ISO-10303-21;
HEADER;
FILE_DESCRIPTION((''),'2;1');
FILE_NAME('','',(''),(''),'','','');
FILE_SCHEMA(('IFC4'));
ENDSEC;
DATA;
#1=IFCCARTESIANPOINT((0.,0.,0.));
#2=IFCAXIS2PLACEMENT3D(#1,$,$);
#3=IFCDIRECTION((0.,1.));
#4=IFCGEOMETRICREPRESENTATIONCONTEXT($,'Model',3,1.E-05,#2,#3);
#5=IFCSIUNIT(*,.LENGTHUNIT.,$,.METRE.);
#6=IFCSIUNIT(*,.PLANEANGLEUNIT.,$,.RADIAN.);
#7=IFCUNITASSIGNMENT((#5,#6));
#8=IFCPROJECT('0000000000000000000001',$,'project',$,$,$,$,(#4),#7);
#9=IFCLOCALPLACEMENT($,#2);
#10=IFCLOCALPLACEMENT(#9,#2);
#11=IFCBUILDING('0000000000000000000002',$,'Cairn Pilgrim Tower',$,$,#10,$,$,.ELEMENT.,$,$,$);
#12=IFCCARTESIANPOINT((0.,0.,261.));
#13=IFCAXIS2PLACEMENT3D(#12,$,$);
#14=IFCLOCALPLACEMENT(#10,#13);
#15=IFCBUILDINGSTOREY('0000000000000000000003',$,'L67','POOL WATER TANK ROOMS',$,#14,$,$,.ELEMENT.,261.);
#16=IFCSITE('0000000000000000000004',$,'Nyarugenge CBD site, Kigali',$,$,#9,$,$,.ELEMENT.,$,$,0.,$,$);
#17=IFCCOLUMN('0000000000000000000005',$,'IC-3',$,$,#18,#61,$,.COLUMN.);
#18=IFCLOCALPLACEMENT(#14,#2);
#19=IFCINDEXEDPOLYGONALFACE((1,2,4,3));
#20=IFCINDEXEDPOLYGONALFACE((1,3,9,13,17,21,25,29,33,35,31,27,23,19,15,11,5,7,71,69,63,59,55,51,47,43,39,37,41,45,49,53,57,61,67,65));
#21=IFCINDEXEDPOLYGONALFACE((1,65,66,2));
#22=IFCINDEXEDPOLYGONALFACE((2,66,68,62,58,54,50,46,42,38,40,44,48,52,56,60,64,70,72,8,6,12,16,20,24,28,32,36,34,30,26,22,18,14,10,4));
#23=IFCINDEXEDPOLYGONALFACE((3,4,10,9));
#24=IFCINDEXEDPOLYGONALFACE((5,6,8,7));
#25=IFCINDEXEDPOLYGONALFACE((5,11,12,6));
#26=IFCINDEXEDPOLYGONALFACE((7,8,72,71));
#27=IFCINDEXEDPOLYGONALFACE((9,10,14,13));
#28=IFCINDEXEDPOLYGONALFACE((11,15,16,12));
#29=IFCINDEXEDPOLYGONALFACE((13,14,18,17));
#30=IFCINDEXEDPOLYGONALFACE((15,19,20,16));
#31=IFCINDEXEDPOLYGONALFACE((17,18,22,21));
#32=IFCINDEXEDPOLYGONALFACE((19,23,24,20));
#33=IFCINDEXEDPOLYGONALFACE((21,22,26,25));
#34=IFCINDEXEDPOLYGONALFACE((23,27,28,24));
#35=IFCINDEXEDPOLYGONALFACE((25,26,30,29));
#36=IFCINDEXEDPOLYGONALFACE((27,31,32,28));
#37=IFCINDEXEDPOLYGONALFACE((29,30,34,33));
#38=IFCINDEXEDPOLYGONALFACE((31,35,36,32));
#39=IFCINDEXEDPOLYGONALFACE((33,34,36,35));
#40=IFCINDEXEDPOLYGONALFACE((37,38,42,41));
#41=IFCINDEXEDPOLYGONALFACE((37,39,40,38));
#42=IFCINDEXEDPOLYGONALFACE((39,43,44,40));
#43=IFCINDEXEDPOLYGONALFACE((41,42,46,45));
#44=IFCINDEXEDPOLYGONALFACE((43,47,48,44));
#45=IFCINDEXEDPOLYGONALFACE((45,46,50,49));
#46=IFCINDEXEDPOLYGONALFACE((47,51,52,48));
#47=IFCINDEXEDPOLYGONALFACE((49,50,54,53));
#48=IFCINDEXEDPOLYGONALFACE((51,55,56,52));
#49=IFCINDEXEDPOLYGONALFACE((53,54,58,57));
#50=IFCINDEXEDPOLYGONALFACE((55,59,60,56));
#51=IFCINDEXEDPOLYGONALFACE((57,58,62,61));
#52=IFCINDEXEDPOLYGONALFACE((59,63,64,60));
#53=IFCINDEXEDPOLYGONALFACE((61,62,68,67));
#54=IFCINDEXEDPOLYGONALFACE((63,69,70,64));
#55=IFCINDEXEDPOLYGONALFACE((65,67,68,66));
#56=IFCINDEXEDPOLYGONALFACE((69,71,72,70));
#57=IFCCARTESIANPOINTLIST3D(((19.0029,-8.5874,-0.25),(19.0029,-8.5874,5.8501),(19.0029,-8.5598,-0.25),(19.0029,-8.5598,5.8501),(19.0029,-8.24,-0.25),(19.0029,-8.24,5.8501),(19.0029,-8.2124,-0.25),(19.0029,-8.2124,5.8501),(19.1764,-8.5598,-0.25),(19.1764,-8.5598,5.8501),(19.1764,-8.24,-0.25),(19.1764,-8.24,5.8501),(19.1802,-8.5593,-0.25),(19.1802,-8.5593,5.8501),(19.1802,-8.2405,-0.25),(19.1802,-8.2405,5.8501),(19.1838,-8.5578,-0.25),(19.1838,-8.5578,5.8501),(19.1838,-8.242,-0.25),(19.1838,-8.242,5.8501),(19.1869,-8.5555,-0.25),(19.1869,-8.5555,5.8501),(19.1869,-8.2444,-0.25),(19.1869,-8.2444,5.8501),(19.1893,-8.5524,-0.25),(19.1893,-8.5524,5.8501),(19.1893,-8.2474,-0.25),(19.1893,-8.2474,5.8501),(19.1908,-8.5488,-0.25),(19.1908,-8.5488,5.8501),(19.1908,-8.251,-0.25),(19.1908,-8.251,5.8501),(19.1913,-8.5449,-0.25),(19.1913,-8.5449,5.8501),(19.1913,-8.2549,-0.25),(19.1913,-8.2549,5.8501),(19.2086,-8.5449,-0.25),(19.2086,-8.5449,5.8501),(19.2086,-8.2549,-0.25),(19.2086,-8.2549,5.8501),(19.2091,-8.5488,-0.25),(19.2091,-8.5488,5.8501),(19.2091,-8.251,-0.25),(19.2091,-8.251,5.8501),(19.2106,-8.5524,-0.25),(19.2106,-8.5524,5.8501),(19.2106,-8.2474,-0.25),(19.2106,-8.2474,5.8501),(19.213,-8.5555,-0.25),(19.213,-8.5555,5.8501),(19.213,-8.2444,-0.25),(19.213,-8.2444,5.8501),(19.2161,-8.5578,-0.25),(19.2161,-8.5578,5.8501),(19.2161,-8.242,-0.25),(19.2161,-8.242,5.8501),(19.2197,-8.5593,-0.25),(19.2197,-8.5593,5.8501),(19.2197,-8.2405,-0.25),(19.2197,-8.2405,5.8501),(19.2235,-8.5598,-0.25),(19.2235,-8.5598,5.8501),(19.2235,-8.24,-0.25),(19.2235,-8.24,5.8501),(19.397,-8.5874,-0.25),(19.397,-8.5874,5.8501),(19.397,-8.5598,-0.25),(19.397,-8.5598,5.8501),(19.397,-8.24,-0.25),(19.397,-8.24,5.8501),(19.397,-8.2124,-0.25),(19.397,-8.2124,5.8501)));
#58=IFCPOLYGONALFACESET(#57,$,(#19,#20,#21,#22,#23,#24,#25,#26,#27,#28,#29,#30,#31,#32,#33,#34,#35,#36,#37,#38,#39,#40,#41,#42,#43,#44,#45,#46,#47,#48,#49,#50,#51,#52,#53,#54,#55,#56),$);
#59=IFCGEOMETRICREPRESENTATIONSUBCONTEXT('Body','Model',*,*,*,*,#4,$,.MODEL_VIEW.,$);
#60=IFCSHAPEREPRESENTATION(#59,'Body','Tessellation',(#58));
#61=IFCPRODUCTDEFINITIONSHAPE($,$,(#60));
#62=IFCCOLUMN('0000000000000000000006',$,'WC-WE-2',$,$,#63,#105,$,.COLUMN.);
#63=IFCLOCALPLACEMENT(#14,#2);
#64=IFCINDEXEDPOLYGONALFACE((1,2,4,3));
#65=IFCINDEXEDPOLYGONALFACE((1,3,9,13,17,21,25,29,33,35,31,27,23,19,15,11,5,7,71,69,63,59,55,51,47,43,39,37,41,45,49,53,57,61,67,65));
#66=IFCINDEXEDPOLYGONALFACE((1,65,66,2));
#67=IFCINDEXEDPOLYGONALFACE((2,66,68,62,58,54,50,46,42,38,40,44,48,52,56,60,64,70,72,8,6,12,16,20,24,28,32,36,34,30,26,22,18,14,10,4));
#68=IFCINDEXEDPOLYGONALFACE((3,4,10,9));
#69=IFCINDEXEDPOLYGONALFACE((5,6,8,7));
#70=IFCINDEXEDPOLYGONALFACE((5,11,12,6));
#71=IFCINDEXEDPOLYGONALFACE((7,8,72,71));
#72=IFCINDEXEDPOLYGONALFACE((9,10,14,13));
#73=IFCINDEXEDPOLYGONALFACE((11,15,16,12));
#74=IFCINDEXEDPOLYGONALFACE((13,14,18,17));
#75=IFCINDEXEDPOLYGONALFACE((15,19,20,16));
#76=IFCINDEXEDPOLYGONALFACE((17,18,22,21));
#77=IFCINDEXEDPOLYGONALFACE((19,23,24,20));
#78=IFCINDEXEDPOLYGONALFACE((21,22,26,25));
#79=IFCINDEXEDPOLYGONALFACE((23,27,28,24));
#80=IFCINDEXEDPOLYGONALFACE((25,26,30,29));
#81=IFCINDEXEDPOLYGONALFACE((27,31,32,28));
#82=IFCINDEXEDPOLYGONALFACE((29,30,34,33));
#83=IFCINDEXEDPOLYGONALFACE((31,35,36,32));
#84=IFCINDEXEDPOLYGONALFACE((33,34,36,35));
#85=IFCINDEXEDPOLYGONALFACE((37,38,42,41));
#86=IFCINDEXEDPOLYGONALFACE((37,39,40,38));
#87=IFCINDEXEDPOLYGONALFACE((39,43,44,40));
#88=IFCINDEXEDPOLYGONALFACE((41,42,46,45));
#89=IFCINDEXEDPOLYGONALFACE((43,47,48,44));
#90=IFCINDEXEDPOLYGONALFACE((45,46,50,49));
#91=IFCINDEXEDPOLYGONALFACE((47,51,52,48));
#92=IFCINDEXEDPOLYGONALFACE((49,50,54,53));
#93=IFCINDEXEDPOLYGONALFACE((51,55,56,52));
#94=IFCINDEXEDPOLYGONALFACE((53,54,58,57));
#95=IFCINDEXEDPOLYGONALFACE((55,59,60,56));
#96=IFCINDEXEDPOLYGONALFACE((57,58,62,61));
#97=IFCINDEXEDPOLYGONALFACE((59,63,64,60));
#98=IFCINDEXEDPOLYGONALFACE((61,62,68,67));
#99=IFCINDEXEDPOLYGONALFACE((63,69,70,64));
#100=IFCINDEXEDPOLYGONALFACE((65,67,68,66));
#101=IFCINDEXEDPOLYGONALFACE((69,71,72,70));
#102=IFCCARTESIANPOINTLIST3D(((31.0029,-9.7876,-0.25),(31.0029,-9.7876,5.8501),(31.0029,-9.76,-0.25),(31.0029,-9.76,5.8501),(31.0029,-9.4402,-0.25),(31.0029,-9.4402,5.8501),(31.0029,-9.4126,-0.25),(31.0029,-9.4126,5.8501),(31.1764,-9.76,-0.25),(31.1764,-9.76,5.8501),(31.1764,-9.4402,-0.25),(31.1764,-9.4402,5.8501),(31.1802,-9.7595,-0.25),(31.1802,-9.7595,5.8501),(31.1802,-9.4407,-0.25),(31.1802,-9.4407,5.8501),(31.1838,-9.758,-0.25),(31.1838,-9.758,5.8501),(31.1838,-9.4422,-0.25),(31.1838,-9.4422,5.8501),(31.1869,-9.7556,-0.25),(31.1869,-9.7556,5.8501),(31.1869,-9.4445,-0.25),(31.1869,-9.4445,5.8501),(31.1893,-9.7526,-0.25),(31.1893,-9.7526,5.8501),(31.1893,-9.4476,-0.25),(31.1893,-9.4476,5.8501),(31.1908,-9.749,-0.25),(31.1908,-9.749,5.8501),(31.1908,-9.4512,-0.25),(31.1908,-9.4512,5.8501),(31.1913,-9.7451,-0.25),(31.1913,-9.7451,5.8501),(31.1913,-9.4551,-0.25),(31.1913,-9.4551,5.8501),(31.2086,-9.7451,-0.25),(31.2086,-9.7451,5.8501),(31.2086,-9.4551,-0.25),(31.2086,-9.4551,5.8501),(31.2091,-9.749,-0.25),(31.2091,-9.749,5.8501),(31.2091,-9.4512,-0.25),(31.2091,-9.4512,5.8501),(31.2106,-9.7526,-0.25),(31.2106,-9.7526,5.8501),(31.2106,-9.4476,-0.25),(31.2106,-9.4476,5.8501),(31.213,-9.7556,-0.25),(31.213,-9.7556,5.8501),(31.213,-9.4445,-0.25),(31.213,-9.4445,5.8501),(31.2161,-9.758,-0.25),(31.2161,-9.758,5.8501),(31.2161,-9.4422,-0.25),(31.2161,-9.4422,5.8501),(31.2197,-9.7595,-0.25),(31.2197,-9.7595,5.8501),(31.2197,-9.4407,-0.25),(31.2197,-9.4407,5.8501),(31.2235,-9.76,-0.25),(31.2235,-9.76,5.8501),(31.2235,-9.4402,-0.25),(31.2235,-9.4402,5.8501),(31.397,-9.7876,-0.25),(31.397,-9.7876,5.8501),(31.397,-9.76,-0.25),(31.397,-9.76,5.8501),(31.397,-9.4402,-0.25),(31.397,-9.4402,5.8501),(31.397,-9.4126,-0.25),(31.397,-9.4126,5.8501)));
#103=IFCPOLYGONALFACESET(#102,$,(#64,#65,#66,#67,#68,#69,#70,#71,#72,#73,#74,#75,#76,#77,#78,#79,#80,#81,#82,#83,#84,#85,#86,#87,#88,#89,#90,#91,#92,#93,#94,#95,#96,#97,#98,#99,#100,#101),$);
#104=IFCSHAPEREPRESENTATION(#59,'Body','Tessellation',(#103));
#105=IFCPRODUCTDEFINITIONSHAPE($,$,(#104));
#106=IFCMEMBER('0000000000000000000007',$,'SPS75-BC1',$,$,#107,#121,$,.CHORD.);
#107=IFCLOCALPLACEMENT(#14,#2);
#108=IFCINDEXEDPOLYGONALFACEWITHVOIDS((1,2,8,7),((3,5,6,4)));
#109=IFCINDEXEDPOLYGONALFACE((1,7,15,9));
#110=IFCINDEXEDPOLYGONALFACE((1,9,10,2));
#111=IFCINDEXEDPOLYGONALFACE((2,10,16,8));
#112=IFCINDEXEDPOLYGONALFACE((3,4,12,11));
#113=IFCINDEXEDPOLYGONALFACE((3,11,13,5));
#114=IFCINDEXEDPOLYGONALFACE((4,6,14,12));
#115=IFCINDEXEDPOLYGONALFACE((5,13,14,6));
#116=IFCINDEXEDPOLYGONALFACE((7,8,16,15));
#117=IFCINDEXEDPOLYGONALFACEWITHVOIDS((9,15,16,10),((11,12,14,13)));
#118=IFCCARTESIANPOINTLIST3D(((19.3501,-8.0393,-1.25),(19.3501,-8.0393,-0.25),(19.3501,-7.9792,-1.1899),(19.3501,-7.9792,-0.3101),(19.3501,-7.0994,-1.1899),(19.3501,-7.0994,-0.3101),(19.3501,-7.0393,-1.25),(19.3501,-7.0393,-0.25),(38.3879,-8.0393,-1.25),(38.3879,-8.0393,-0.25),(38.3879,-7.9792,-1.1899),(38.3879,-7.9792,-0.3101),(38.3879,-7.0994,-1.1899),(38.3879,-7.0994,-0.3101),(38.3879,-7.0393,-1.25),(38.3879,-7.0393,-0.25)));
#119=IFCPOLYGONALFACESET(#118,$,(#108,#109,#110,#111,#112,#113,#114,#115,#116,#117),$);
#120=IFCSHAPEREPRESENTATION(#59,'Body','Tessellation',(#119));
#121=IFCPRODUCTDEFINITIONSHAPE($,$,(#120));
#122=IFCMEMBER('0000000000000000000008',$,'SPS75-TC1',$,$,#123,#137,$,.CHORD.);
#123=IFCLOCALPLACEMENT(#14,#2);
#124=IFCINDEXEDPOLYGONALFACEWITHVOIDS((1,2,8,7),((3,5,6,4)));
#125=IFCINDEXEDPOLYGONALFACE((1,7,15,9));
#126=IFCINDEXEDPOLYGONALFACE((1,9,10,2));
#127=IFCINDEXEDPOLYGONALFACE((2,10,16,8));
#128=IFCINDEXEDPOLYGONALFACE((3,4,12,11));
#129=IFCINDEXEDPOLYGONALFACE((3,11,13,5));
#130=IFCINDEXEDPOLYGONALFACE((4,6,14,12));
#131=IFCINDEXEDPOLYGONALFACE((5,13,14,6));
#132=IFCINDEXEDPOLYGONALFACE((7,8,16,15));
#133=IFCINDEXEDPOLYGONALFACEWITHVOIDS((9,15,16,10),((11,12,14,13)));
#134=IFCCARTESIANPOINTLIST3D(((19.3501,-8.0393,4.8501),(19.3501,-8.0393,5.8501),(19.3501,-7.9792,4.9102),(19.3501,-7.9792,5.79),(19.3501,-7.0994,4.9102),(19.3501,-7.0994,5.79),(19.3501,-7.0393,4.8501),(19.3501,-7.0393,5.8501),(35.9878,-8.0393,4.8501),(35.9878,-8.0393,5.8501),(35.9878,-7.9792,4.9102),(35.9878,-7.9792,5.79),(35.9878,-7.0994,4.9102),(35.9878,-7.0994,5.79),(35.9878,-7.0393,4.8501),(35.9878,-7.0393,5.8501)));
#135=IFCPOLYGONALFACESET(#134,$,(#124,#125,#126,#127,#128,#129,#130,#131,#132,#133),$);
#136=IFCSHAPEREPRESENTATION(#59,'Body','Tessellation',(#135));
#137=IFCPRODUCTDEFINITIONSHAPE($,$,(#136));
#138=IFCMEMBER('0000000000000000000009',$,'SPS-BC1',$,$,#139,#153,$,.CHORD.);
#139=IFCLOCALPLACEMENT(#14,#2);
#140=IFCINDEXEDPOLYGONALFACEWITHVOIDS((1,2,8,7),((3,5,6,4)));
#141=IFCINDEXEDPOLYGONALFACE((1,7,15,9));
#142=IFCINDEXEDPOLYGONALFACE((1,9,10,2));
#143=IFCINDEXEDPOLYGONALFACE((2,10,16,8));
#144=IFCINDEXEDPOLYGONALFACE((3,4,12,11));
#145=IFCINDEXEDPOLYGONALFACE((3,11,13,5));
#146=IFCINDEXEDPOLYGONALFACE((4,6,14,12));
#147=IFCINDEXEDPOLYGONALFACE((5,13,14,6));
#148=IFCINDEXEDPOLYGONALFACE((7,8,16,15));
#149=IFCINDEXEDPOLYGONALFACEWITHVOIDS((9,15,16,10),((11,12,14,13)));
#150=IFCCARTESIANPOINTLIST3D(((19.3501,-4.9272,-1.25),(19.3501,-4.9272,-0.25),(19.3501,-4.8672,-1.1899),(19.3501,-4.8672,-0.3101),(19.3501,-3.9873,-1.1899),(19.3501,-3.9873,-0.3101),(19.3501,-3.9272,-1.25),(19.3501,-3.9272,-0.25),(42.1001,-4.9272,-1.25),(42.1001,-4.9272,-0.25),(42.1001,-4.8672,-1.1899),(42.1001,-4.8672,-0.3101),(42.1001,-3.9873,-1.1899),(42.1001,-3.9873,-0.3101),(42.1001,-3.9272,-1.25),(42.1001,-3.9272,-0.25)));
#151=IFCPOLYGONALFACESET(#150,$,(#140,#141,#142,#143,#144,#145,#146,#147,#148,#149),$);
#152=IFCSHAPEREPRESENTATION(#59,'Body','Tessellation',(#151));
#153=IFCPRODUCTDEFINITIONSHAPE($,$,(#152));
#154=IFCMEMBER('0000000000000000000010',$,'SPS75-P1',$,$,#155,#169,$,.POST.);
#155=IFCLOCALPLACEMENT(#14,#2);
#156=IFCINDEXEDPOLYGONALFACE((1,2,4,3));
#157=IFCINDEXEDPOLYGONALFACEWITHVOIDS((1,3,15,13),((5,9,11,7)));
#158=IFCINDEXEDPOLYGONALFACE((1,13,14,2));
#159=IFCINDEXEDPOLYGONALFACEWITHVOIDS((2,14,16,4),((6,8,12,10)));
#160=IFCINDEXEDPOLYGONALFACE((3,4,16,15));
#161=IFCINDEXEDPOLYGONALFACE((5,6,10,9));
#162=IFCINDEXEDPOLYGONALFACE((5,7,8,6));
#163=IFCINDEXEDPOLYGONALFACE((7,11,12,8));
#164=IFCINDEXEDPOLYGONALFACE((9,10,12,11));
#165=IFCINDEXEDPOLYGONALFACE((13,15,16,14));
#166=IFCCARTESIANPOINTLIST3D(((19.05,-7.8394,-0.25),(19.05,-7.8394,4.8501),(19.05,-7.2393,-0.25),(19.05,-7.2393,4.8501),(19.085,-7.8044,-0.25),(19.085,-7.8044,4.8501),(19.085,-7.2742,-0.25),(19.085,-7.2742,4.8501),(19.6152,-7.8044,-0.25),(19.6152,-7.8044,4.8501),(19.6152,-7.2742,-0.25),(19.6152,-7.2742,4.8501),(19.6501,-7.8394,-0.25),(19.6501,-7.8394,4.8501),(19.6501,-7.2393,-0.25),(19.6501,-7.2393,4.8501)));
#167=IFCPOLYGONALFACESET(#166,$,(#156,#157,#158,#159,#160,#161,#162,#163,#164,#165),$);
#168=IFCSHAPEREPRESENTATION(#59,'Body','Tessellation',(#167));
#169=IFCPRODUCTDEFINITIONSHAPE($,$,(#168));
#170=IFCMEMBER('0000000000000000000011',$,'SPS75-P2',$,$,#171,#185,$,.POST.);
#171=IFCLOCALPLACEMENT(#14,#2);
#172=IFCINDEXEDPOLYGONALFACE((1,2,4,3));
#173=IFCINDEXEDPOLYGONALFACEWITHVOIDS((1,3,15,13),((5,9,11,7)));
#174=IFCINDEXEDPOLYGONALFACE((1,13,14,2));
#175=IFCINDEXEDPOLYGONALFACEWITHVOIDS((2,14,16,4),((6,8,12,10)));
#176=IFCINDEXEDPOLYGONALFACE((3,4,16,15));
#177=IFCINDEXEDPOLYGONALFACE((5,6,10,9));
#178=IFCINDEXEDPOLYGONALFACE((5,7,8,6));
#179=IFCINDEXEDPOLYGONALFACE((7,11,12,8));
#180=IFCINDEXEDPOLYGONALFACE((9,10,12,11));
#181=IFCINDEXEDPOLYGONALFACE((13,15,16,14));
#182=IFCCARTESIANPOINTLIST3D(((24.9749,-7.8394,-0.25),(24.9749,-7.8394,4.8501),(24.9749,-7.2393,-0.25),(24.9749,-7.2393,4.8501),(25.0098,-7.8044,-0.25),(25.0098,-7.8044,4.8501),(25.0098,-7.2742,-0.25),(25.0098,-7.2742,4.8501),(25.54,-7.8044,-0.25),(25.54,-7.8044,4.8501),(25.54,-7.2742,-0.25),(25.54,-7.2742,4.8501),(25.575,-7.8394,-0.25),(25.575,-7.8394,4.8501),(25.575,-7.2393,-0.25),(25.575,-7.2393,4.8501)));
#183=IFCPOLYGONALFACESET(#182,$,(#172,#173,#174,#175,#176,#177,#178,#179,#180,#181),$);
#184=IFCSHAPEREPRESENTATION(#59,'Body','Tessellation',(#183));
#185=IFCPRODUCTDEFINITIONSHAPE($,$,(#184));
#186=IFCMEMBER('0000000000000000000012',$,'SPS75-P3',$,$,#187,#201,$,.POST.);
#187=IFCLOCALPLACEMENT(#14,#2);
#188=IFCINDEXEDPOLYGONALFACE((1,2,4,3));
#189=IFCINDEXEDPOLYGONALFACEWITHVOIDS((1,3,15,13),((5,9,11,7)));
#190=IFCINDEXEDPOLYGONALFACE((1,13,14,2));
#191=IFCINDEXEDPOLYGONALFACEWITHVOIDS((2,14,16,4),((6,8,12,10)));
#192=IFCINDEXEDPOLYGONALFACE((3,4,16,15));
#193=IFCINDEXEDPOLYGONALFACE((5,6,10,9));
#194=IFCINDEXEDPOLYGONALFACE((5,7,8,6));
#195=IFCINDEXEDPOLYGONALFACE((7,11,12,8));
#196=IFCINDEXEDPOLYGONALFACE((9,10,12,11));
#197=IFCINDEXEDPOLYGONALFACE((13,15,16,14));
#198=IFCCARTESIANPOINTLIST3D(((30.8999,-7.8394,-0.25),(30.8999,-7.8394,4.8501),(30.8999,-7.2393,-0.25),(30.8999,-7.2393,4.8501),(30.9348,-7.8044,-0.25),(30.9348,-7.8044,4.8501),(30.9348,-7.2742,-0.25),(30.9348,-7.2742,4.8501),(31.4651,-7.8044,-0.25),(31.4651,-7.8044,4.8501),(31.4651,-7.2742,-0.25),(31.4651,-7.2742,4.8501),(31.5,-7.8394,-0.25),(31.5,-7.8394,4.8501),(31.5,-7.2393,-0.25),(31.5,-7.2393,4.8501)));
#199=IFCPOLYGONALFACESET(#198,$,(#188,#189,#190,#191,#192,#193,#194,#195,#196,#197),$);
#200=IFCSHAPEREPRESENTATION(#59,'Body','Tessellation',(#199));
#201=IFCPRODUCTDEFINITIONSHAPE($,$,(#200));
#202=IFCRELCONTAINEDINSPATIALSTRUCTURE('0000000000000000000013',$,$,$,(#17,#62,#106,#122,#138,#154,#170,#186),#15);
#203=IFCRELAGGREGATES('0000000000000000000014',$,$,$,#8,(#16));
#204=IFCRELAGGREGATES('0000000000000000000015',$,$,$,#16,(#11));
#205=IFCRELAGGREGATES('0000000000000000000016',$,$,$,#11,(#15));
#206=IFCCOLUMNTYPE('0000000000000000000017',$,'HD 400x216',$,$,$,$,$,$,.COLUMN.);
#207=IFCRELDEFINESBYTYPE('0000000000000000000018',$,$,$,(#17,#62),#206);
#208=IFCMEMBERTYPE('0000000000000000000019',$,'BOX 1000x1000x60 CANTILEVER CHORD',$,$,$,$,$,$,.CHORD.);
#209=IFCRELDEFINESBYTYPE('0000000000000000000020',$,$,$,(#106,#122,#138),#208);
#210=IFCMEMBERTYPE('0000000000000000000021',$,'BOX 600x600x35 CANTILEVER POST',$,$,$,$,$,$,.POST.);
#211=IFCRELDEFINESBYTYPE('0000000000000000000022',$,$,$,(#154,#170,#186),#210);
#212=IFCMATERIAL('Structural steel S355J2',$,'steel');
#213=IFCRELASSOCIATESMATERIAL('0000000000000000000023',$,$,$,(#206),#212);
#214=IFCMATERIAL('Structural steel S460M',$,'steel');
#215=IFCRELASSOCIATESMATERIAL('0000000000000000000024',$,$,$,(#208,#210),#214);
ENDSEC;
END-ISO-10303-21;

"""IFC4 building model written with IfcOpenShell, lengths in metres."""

from ifc_helpers import new_model, si_unit, direction, frame, origin, origin_2d, place, context, subcontext, project, spatial, hollow_rectangle, i_section, extrude, material, material_profile, profile_set, type_object, element, save


model = new_model("IFC4")

# Units and contexts
model_context = context("Model", 3, precision=1e-05, world=origin(), true_north=direction((0.0, 1.0)))
body_context = subcontext(model_context, "Body", "Model", "MODEL_VIEW")
ifc_project = project(units=[si_unit("LENGTHUNIT", "METRE"), si_unit("PLANEANGLEUNIT", "RADIAN")], contexts=[model_context])

# Site, building, storey
site_placement = place(None, origin())
site = spatial("IfcSite", under=ifc_project, at=site_placement, Name="Nyarugenge CBD site, Kigali", CompositionType="ELEMENT", RefElevation=0.0)
building_placement = place(site_placement, origin())
building = spatial("IfcBuilding", under=site, at=building_placement, Name="Cairn Pilgrim Tower", CompositionType="ELEMENT")
storey_placement = place(building_placement, frame((0.0, 0.0, 261.0)))
storey = spatial("IfcBuildingStorey", under=building, at=storey_placement, Name="L67", Description="POOL WATER TANK ROOMS", CompositionType="ELEMENT", Elevation=261.0)

# Columns
ifc_material_1 = material(Name="Structural steel S355J2", Category="steel")
ifc_material_profile_1 = material_profile(ifc_material_1, i_section(OverallWidth=0.394, OverallDepth=0.375, WebThickness=0.0173, FlangeThickness=0.0276, FilletRadius=0.0149, at=origin_2d()), Name="HD 400x216")
ifc_profile_set_1 = profile_set([ifc_material_profile_1], Name="Structural steel S355J2")
column_type = type_object("IfcColumnType", Name="HD 400x216", PredefinedType="COLUMN", material=ifc_profile_set_1)
for number, where, z_axis, x_axis, name in (
    (1, (19.2, -8.3999, -0.25), (0.0, 0.0, 1.0), (1.0, 0.0, 0.0), "IC-3"),
    (2, (31.2, -9.6001, -0.25), (0.0, 0.0, 1.0), (1.0, 0.0, 0.0), "WC-WE-2"),
):
    element("IfcColumn", number, at=place(storey_placement, frame(where, z_axis=z_axis, x_axis=x_axis)), inside=storey, type_object=column_type, Name=name, PredefinedType="COLUMN", context=body_context, shape_type="SweptSolid", body=[
        extrude(i_section(OverallWidth=0.394, OverallDepth=0.375, WebThickness=0.0173, FlangeThickness=0.0276, FilletRadius=0.0149, at=origin_2d()), origin(), (0.0, 0.0, 1.0), 6.1001),
    ])

# Members
ifc_material_2 = material(Name="Structural steel S460M", Category="steel")
ifc_material_profile_2 = material_profile(ifc_material_2, hollow_rectangle(XDim=1.0, YDim=1.0, WallThickness=0.0601, at=origin_2d()), Name="BOX 1000x1000x60")
ifc_profile_set_2 = profile_set([ifc_material_profile_2], Name="Structural steel S460M")
member_type_1 = type_object("IfcMemberType", Name="BOX 1000x1000x60 CANTILEVER CHORD", PredefinedType="CHORD", material=ifc_profile_set_2)
member_1_placement = place(storey_placement, frame((19.3501, -7.5393, -0.75), z_axis=(1.0, 0.0, 0.0), x_axis=(0.0, 1.0, 0.0)))
element("IfcMember", 3, at=member_1_placement, inside=storey, type_object=member_type_1, Name="SPS75-BC1", PredefinedType="CHORD", context=body_context, shape_type="SweptSolid", body=[
    extrude(hollow_rectangle(XDim=1.0, YDim=1.0, WallThickness=0.0601, at=origin_2d()), origin(), (0.0, 0.0, 1.0), 19.0378),
])
member_2_placement = place(storey_placement, frame((19.3501, -7.5393, 5.3501), z_axis=(1.0, 0.0, 0.0), x_axis=(0.0, 1.0, 0.0)))
element("IfcMember", 4, at=member_2_placement, inside=storey, type_object=member_type_1, Name="SPS75-TC1", PredefinedType="CHORD", context=body_context, shape_type="SweptSolid", body=[
    extrude(hollow_rectangle(XDim=1.0, YDim=1.0, WallThickness=0.0601, at=origin_2d()), origin(), (0.0, 0.0, 1.0), 16.6377),
])
member_3_placement = place(storey_placement, frame((19.3501, -4.4272, -0.75), z_axis=(1.0, 0.0, 0.0), x_axis=(0.0, 1.0, 0.0)))
element("IfcMember", 5, at=member_3_placement, inside=storey, type_object=member_type_1, Name="SPS-BC1", PredefinedType="CHORD", context=body_context, shape_type="SweptSolid", body=[
    extrude(hollow_rectangle(XDim=1.0, YDim=1.0, WallThickness=0.0601, at=origin_2d()), origin(), (0.0, 0.0, 1.0), 22.75),
])
ifc_material_profile_3 = material_profile(ifc_material_2, hollow_rectangle(XDim=0.6001, YDim=0.6001, WallThickness=0.0349, at=origin_2d()), Name="BOX 600x600x35")
ifc_profile_set_3 = profile_set([ifc_material_profile_3], Name="Structural steel S460M")
member_type_2 = type_object("IfcMemberType", Name="BOX 600x600x35 CANTILEVER POST", PredefinedType="POST", material=ifc_profile_set_3)
for number, where, z_axis, x_axis, name in (
    (6, (19.3501, -7.5393, -0.25), (0.0, 0.0, 1.0), (1.0, 0.0, 0.0), "SPS75-P1"),
    (7, (25.2749, -7.5393, -0.25), (0.0, 0.0, 1.0), (1.0, 0.0, 0.0), "SPS75-P2"),
    (8, (31.2, -7.5393, -0.25), (0.0, 0.0, 1.0), (1.0, 0.0, 0.0), "SPS75-P3"),
):
    element("IfcMember", number, at=place(storey_placement, frame(where, z_axis=z_axis, x_axis=x_axis)), inside=storey, type_object=member_type_2, Name=name, PredefinedType="POST", context=body_context, shape_type="SweptSolid", body=[
        extrude(hollow_rectangle(XDim=0.6001, YDim=0.6001, WallThickness=0.0349, at=origin_2d()), origin(), (0.0, 0.0, 1.0), 5.1001),
    ])

save(model, "model.ifc")
